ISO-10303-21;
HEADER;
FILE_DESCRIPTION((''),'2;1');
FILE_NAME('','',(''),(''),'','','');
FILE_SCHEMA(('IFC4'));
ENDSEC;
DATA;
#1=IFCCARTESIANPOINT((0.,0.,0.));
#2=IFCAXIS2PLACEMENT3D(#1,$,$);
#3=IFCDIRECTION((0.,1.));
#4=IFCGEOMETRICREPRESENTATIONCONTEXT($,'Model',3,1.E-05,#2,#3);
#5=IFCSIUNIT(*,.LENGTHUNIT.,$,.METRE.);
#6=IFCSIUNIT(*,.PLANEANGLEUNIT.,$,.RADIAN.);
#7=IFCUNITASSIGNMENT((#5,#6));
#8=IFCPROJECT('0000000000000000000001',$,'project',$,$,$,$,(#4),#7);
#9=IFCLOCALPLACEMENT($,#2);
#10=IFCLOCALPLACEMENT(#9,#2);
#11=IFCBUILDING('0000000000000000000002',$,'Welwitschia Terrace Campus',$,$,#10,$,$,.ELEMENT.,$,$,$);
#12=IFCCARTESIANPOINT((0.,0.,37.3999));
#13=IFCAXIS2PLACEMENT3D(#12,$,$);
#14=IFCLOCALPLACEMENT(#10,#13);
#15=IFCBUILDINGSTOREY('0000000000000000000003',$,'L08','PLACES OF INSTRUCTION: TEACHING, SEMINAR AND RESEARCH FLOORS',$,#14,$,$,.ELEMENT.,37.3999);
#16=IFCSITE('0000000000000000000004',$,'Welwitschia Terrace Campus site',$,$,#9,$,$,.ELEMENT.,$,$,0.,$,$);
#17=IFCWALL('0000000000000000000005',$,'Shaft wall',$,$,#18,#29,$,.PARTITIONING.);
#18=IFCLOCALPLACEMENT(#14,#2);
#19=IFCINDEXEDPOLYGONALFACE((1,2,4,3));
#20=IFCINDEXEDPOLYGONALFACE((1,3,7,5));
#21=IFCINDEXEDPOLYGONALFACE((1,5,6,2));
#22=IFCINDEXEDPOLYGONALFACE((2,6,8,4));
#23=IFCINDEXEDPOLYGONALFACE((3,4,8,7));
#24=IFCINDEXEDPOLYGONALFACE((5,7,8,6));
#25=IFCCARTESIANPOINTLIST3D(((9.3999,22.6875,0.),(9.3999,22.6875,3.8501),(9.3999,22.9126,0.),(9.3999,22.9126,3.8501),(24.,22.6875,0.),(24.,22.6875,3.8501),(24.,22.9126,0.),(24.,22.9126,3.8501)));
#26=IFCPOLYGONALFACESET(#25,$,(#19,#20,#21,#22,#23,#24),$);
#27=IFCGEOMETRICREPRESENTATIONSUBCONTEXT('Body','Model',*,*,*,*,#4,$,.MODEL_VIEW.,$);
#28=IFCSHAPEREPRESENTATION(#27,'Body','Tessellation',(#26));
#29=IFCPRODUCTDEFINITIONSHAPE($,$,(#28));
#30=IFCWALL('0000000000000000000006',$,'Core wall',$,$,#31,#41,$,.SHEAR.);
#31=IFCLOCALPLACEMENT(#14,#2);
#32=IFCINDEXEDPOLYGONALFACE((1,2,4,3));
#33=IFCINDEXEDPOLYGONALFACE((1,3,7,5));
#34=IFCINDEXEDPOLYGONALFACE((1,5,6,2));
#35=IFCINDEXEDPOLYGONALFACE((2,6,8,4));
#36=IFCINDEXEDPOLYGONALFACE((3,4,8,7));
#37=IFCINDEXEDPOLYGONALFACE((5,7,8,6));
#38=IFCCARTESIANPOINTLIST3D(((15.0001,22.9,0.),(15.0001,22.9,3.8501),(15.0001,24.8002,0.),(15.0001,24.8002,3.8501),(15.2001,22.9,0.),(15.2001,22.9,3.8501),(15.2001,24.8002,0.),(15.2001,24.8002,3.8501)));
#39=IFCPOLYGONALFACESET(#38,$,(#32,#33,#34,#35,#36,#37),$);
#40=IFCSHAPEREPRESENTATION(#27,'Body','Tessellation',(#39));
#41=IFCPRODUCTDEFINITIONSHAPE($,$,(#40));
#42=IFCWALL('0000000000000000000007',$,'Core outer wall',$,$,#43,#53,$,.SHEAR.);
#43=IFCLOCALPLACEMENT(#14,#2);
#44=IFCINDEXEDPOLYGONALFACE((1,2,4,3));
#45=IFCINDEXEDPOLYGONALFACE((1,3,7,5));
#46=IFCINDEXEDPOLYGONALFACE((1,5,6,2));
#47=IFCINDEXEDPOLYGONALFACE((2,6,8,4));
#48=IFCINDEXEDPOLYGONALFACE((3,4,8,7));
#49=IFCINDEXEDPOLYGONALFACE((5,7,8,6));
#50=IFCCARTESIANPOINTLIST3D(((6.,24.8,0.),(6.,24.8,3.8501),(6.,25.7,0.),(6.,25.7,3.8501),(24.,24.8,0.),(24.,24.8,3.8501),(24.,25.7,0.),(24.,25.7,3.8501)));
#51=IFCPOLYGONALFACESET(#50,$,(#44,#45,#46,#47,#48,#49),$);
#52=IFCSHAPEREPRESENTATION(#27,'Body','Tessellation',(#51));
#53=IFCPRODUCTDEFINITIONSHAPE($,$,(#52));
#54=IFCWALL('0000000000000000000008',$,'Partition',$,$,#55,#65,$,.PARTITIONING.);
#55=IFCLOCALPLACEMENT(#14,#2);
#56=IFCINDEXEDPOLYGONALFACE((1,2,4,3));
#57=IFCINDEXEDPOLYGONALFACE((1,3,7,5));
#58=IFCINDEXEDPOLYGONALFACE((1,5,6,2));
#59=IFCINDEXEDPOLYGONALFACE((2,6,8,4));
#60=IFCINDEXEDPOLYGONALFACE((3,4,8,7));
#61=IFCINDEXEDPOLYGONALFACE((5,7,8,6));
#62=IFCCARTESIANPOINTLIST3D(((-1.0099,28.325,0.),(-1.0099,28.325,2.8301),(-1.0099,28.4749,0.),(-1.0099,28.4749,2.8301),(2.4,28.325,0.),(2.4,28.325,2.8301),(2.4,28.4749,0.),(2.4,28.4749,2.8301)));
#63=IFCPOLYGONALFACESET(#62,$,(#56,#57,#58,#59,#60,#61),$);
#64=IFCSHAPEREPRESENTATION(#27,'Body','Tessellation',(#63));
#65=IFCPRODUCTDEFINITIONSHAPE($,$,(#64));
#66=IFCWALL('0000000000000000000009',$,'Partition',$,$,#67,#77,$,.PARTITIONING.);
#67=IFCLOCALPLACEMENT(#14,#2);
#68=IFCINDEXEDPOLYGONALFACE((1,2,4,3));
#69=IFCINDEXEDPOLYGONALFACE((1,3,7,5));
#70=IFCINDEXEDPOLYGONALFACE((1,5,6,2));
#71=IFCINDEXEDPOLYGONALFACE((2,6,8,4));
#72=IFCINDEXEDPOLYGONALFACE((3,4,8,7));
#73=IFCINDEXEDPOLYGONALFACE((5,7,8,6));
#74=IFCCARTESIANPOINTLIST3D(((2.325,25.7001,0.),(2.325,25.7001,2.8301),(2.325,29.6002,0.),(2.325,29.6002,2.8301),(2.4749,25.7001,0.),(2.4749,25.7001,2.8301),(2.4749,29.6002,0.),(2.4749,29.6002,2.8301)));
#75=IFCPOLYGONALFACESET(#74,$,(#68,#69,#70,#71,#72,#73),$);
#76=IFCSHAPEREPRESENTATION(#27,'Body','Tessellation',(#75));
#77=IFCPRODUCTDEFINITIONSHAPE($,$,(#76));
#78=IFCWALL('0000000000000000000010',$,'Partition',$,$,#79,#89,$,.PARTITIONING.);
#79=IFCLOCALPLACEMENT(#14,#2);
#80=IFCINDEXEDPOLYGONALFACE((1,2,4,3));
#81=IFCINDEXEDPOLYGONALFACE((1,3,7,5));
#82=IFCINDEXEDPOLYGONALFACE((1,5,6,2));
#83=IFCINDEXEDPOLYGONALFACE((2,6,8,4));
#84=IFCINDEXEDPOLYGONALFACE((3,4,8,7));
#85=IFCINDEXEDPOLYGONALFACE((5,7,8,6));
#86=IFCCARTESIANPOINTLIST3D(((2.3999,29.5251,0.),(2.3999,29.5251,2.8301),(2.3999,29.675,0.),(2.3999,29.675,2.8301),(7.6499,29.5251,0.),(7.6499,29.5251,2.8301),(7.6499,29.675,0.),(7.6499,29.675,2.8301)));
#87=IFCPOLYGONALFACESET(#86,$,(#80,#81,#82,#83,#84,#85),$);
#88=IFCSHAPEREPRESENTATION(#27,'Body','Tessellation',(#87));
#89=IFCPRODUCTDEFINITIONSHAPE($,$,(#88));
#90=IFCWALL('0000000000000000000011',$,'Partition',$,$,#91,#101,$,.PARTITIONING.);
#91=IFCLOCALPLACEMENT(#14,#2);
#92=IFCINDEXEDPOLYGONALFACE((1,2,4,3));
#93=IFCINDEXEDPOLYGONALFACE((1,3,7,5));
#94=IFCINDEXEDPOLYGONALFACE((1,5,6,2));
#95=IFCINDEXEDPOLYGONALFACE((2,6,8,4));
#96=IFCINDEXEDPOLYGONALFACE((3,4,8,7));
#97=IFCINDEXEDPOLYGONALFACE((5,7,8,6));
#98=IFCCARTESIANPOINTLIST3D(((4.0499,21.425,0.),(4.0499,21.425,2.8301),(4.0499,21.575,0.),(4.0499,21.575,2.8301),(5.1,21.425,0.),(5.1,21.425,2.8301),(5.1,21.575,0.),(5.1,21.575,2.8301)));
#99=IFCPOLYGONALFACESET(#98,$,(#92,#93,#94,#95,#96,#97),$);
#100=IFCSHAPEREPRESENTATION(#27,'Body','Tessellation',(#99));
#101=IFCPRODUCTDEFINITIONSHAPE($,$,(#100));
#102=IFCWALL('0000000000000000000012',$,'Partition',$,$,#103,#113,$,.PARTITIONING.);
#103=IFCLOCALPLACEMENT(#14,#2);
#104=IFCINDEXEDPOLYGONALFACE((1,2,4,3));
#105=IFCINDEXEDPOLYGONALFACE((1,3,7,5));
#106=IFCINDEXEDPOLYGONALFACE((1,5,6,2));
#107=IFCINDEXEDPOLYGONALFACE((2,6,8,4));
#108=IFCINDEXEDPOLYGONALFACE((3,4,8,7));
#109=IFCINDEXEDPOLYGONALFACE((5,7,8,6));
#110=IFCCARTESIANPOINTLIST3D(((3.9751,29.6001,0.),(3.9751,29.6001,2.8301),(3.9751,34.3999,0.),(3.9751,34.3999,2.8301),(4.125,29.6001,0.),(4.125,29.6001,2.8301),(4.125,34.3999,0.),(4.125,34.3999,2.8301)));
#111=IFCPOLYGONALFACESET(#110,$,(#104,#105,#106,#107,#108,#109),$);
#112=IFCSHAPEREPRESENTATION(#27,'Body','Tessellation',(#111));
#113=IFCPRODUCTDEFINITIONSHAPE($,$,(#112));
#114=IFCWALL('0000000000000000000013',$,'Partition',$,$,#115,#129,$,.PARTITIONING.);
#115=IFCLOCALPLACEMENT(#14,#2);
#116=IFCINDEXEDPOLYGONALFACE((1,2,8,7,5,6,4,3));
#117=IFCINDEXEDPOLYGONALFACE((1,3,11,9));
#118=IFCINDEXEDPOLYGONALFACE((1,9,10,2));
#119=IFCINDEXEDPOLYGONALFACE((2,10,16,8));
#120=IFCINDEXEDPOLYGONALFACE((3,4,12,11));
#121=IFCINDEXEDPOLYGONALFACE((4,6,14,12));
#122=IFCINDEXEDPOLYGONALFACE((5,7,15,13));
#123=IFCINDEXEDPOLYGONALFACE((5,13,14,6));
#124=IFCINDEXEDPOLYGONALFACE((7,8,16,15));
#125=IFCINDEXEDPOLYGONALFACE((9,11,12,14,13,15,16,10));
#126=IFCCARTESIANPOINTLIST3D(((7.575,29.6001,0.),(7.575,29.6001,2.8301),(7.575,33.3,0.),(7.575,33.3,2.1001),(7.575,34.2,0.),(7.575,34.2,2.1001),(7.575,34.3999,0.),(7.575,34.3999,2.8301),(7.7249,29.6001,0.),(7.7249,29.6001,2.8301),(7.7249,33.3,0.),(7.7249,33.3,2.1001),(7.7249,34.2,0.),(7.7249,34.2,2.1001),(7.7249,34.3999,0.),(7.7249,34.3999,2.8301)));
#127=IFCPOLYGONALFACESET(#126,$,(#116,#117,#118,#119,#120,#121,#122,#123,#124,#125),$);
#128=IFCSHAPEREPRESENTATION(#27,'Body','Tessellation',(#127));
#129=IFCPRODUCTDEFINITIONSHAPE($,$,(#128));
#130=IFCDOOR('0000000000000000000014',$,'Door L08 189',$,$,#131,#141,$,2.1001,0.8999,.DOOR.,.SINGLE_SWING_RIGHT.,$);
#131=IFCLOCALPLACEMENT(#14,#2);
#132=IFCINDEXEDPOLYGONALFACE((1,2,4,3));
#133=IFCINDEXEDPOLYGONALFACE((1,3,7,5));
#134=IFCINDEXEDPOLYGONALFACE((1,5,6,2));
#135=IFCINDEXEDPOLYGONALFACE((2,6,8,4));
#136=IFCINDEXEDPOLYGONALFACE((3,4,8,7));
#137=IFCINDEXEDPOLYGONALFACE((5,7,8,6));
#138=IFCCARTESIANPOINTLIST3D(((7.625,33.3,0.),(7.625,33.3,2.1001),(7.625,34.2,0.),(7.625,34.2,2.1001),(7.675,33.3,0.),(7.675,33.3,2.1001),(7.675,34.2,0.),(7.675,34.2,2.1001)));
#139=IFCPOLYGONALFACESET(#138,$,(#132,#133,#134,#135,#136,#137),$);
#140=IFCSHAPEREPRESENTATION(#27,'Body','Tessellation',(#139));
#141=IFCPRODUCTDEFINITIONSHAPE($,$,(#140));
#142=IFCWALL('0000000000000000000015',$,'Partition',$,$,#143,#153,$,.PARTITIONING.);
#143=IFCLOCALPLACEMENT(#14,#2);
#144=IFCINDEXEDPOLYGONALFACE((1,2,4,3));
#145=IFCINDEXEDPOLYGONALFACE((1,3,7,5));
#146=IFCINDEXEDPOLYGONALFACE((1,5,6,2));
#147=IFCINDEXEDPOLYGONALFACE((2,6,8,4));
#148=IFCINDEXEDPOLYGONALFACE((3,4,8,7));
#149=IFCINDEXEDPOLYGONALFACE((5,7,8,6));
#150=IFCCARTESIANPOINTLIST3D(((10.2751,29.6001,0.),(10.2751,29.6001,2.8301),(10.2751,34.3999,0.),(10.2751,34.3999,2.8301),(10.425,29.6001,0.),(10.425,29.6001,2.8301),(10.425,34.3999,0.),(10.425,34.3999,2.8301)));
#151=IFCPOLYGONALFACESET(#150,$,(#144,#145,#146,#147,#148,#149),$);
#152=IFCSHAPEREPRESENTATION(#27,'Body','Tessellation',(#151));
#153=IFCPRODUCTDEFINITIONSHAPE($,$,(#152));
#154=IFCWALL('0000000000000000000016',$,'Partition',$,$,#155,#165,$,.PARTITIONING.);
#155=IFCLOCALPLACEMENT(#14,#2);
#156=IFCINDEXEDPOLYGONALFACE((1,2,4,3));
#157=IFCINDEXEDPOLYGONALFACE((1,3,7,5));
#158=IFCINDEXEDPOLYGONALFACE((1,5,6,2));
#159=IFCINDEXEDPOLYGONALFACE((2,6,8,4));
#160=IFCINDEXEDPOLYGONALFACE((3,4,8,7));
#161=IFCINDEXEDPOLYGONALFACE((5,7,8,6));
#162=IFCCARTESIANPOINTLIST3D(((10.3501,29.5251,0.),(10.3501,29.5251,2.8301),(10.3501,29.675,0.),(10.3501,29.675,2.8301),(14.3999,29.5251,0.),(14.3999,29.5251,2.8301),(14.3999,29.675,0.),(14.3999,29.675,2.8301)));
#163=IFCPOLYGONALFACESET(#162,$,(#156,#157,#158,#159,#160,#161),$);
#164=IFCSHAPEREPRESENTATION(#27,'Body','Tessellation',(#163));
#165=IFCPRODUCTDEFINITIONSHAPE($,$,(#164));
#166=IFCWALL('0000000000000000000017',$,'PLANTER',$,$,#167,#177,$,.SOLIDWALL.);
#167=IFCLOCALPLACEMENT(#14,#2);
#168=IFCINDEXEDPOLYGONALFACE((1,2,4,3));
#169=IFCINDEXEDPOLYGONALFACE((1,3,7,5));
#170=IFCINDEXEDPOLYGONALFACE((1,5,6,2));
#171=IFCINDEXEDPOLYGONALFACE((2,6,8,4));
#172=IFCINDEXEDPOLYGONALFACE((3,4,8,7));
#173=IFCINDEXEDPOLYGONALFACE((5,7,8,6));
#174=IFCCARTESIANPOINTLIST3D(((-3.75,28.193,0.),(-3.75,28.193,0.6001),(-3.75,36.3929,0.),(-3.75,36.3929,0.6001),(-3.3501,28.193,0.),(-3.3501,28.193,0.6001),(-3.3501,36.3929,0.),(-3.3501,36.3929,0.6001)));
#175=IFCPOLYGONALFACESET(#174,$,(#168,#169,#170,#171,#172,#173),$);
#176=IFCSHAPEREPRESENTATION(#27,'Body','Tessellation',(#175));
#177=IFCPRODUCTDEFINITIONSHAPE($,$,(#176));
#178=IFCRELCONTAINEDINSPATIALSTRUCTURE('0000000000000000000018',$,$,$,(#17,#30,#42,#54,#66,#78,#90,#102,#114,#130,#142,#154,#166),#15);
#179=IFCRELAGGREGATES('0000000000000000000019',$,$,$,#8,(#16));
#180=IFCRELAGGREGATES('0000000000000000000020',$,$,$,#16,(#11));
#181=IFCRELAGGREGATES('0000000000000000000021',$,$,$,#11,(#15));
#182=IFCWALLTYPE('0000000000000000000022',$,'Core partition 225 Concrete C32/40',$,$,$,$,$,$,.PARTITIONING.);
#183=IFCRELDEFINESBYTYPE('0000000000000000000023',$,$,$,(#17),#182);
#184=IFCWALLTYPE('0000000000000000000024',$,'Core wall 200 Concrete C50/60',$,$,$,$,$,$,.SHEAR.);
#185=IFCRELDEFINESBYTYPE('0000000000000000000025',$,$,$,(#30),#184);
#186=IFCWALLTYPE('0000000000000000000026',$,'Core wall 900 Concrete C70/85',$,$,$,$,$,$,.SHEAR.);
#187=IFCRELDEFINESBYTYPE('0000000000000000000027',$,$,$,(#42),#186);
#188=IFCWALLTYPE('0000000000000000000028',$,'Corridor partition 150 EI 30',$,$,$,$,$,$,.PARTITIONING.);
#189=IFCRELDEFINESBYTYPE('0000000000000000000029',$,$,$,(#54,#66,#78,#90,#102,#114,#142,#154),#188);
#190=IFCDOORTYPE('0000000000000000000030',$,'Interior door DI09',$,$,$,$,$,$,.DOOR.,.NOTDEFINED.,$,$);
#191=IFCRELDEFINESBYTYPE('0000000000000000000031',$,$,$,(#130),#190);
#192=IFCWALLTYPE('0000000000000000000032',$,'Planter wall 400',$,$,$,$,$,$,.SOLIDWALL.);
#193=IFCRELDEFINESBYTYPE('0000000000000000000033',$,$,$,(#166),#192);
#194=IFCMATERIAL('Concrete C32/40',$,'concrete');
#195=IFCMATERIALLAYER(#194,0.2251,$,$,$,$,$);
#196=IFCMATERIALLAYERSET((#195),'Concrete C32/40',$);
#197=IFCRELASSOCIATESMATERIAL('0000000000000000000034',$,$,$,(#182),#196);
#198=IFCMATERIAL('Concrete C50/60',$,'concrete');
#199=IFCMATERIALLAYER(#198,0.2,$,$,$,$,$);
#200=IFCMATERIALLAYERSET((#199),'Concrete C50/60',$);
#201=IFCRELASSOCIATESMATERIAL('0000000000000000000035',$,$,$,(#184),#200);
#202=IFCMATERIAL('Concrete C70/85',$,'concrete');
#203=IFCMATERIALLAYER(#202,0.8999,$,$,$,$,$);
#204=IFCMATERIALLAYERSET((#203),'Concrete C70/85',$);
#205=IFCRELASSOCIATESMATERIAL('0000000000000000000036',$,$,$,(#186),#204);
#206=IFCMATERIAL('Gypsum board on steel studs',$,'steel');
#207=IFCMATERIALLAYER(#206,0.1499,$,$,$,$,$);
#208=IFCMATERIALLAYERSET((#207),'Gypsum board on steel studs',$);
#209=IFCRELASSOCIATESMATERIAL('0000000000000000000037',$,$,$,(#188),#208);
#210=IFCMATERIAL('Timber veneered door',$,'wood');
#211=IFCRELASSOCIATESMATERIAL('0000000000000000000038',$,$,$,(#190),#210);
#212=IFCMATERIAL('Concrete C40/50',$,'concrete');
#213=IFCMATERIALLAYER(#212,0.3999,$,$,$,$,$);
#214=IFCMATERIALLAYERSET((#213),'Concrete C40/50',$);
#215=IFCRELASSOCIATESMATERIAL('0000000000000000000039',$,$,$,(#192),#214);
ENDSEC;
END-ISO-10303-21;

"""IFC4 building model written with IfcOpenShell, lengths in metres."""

from ifc_helpers import new_model, si_unit, direction, frame, frame_2d, origin, place, context, subcontext, project, spatial, rectangle, extrude, material, layer, layer_set, type_object, element, fill, save


model = new_model("IFC4")

# Units and contexts
model_context = context("Model", 3, precision=1e-05, world=origin(), true_north=direction((0.0, 1.0)))
body_context = subcontext(model_context, "Body", "Model", "MODEL_VIEW")
ifc_project = project(units=[si_unit("LENGTHUNIT", "METRE"), si_unit("PLANEANGLEUNIT", "RADIAN")], contexts=[model_context])

# Site, building, storey
site_placement = place(None, origin())
site = spatial("IfcSite", under=ifc_project, at=site_placement, Name="Welwitschia Terrace Campus site", CompositionType="ELEMENT", RefElevation=0.0)
building_placement = place(site_placement, origin())
building = spatial("IfcBuilding", under=site, at=building_placement, Name="Welwitschia Terrace Campus", CompositionType="ELEMENT")
storey_placement = place(building_placement, frame((0.0, 0.0, 37.3999)))
storey = spatial("IfcBuildingStorey", under=building, at=storey_placement, Name="L08", Description="PLACES OF INSTRUCTION: TEACHING, SEMINAR AND RESEARCH FLOORS", CompositionType="ELEMENT", Elevation=37.3999)

# Walls
ifc_material_1 = material(Name="Concrete C32/40", Category="concrete")
ifc_layer_1 = layer(ifc_material_1, 0.2251)
ifc_layer_set_1 = layer_set([ifc_layer_1], Name="Concrete C32/40")
wall_type_1 = type_object("IfcWallType", Name="Core partition 225 Concrete C32/40", PredefinedType="PARTITIONING", material=ifc_layer_set_1)
wall_1_placement = place(storey_placement, frame((9.3999, 22.8, 0.0), z_axis=(0.0, 0.0, 1.0), x_axis=(1.0, 0.0, 0.0)))
element("IfcWall", 1, at=wall_1_placement, inside=storey, type_object=wall_type_1, Name="Shaft wall", PredefinedType="PARTITIONING", context=body_context, shape_type="SweptSolid", body=[
    extrude(rectangle(XDim=14.6001, YDim=0.2251, at=frame_2d((7.3, 0.0))), origin(), (0.0, 0.0, 1.0), 3.8501),
])
ifc_material_2 = material(Name="Concrete C50/60", Category="concrete")
ifc_layer_2 = layer(ifc_material_2, 0.2)
ifc_layer_set_2 = layer_set([ifc_layer_2], Name="Concrete C50/60")
wall_type_2 = type_object("IfcWallType", Name="Core wall 200 Concrete C50/60", PredefinedType="SHEAR", material=ifc_layer_set_2)
wall_2_placement = place(storey_placement, frame((15.1001, 22.8999, 0.0), z_axis=(0.0, 0.0, 1.0), x_axis=(0.0, 1.0, 0.0)))
element("IfcWall", 2, at=wall_2_placement, inside=storey, type_object=wall_type_2, Name="Core wall", PredefinedType="SHEAR", context=body_context, shape_type="SweptSolid", body=[
    extrude(rectangle(XDim=1.9001, YDim=0.2, at=frame_2d((0.9502, 0.0))), origin(), (0.0, 0.0, 1.0), 3.8501),
])
ifc_material_3 = material(Name="Concrete C70/85", Category="concrete")
ifc_layer_3 = layer(ifc_material_3, 0.8999)
ifc_layer_set_3 = layer_set([ifc_layer_3], Name="Concrete C70/85")
wall_type_3 = type_object("IfcWallType", Name="Core wall 900 Concrete C70/85", PredefinedType="SHEAR", material=ifc_layer_set_3)
wall_3_placement = place(storey_placement, frame((6.0, 25.25, 0.0), z_axis=(0.0, 0.0, 1.0), x_axis=(1.0, 0.0, 0.0)))
element("IfcWall", 3, at=wall_3_placement, inside=storey, type_object=wall_type_3, Name="Core outer wall", PredefinedType="SHEAR", context=body_context, shape_type="SweptSolid", body=[
    extrude(rectangle(XDim=18.0, YDim=0.8999, at=frame_2d((9.0, 0.0))), origin(), (0.0, 0.0, 1.0), 3.8501),
])
ifc_material_4 = material(Name="Gypsum board on steel studs", Category="steel")
ifc_layer_4 = layer(ifc_material_4, 0.1499)
ifc_layer_set_4 = layer_set([ifc_layer_4], Name="Gypsum board on steel studs")
wall_type_4 = type_object("IfcWallType", Name="Corridor partition 150 EI 30", PredefinedType="PARTITIONING", material=ifc_layer_set_4)
wall_4_placement = place(storey_placement, frame((-1.01, 28.3999, 0.0), z_axis=(0.0, 0.0, 1.0), x_axis=(1.0, 0.0, 0.0)))
element("IfcWall", 4, at=wall_4_placement, inside=storey, type_object=wall_type_4, Name="Partition", PredefinedType="PARTITIONING", context=body_context, shape_type="SweptSolid", body=[
    extrude(rectangle(XDim=3.4099, YDim=0.1499, at=frame_2d((1.7051, 0.0))), origin(), (0.0, 0.0, 1.0), 2.8301),
])
wall_5_placement = place(storey_placement, frame((2.3999, 25.7, 0.0), z_axis=(0.0, 0.0, 1.0), x_axis=(0.0, 1.0, 0.0)))
element("IfcWall", 5, at=wall_5_placement, inside=storey, type_object=wall_type_4, Name="Partition", PredefinedType="PARTITIONING", context=body_context, shape_type="SweptSolid", body=[
    extrude(rectangle(XDim=3.9001, YDim=0.1499, at=frame_2d((1.9502, 0.0))), origin(), (0.0, 0.0, 1.0), 2.8301),
])
wall_6_placement = place(storey_placement, frame((2.3999, 29.6001, 0.0), z_axis=(0.0, 0.0, 1.0), x_axis=(1.0, 0.0, 0.0)))
element("IfcWall", 6, at=wall_6_placement, inside=storey, type_object=wall_type_4, Name="Partition", PredefinedType="PARTITIONING", context=body_context, shape_type="SweptSolid", body=[
    extrude(rectangle(XDim=5.25, YDim=0.1499, at=frame_2d((2.625, 0.0))), origin(), (0.0, 0.0, 1.0), 2.8301),
])
wall_7_placement = place(storey_placement, frame((4.05, 21.5, 0.0), z_axis=(0.0, 0.0, 1.0), x_axis=(1.0, 0.0, 0.0)))
element("IfcWall", 7, at=wall_7_placement, inside=storey, type_object=wall_type_4, Name="Partition", PredefinedType="PARTITIONING", context=body_context, shape_type="SweptSolid", body=[
    extrude(rectangle(XDim=1.05, YDim=0.1499, at=frame_2d((0.5249, 0.0))), origin(), (0.0, 0.0, 1.0), 2.8301),
])
wall_8_placement = place(storey_placement, frame((4.05, 29.6001, 0.0), z_axis=(0.0, 0.0, 1.0), x_axis=(0.0, 1.0, 0.0)))
element("IfcWall", 8, at=wall_8_placement, inside=storey, type_object=wall_type_4, Name="Partition", PredefinedType="PARTITIONING", context=body_context, shape_type="SweptSolid", body=[
    extrude(rectangle(XDim=4.7998, YDim=0.1499, at=frame_2d((2.3999, 0.0))), origin(), (0.0, 0.0, 1.0), 2.8301),
])

# Wall, opening, door
wall_9_placement = place(storey_placement, frame((7.6499, 29.6001, 0.0), z_axis=(0.0, 0.0, 1.0), x_axis=(0.0, 1.0, 0.0)))
wall_9 = element("IfcWall", 9, at=wall_9_placement, inside=storey, type_object=wall_type_4, Name="Partition", PredefinedType="PARTITIONING", context=body_context, shape_type="SweptSolid", body=[
    extrude(rectangle(XDim=4.7998, YDim=0.1499, at=frame_2d((2.3999, 0.0))), origin(), (0.0, 0.0, 1.0), 2.8301),
])
opening_placement = place(wall_9_placement, frame((3.7, 0.0, 0.0)))
opening = element("IfcOpeningElement", 10, at=opening_placement, cuts=wall_9, PredefinedType="OPENING", context=body_context, shape_type="SweptSolid", body=[
    extrude(rectangle(XDim=0.8999, YDim=2.1001, at=frame_2d((0.45, 1.05))), frame((0.0, 0.085, 0.0), z_axis=(0.0, -1.0, 0.0), x_axis=(1.0, 0.0, 0.0)), (0.0, 0.0, 1.0), 0.1699),
])
ifc_material_5 = material(Name="Timber veneered door", Category="wood")
door_type = type_object("IfcDoorType", Name="Interior door DI09", OperationType="NOTDEFINED", PredefinedType="DOOR", material=ifc_material_5)
door_placement = place(opening_placement, origin())
door = element("IfcDoor", 11, at=door_placement, inside=storey, type_object=door_type, Name="Door L08 189", OperationType="SINGLE_SWING_RIGHT", OverallHeight=2.1001, OverallWidth=0.8999, PredefinedType="DOOR", context=body_context, shape_type="SweptSolid", body=[
    extrude(rectangle(XDim=0.8999, YDim=2.1001, at=frame_2d((0.45, 1.05))), frame((0.0, 0.0249, 0.0), z_axis=(0.0, -1.0, 0.0), x_axis=(1.0, 0.0, 0.0)), (0.0, 0.0, 1.0), 0.05),
])
fill(opening, door)

# Walls
wall_10_placement = place(storey_placement, frame((10.3501, 29.6001, 0.0), z_axis=(0.0, 0.0, 1.0), x_axis=(0.0, 1.0, 0.0)))
element("IfcWall", 12, at=wall_10_placement, inside=storey, type_object=wall_type_4, Name="Partition", PredefinedType="PARTITIONING", context=body_context, shape_type="SweptSolid", body=[
    extrude(rectangle(XDim=4.7998, YDim=0.1499, at=frame_2d((2.3999, 0.0))), origin(), (0.0, 0.0, 1.0), 2.8301),
])
wall_11_placement = place(storey_placement, frame((10.3501, 29.6001, 0.0), z_axis=(0.0, 0.0, 1.0), x_axis=(1.0, 0.0, 0.0)))
element("IfcWall", 13, at=wall_11_placement, inside=storey, type_object=wall_type_4, Name="Partition", PredefinedType="PARTITIONING", context=body_context, shape_type="SweptSolid", body=[
    extrude(rectangle(XDim=4.0498, YDim=0.1499, at=frame_2d((2.0249, 0.0))), origin(), (0.0, 0.0, 1.0), 2.8301),
])
ifc_material_6 = material(Name="Concrete C40/50", Category="concrete")
ifc_layer_5 = layer(ifc_material_6, 0.3999)
ifc_layer_set_5 = layer_set([ifc_layer_5], Name="Concrete C40/50")
wall_type_5 = type_object("IfcWallType", Name="Planter wall 400", PredefinedType="SOLIDWALL", material=ifc_layer_set_5)
wall_12_placement = place(storey_placement, frame((-3.55, 28.1929, 0.0), z_axis=(0.0, 0.0, 1.0), x_axis=(0.0, 1.0, 0.0)))
element("IfcWall", 14, at=wall_12_placement, inside=storey, type_object=wall_type_5, Name="PLANTER", PredefinedType="SOLIDWALL", context=body_context, shape_type="SweptSolid", body=[
    extrude(rectangle(XDim=8.2, YDim=0.3999, at=frame_2d((4.1001, 0.0))), origin(), (0.0, 0.0, 1.0), 0.6001),
])

save(model, "model.ifc")
